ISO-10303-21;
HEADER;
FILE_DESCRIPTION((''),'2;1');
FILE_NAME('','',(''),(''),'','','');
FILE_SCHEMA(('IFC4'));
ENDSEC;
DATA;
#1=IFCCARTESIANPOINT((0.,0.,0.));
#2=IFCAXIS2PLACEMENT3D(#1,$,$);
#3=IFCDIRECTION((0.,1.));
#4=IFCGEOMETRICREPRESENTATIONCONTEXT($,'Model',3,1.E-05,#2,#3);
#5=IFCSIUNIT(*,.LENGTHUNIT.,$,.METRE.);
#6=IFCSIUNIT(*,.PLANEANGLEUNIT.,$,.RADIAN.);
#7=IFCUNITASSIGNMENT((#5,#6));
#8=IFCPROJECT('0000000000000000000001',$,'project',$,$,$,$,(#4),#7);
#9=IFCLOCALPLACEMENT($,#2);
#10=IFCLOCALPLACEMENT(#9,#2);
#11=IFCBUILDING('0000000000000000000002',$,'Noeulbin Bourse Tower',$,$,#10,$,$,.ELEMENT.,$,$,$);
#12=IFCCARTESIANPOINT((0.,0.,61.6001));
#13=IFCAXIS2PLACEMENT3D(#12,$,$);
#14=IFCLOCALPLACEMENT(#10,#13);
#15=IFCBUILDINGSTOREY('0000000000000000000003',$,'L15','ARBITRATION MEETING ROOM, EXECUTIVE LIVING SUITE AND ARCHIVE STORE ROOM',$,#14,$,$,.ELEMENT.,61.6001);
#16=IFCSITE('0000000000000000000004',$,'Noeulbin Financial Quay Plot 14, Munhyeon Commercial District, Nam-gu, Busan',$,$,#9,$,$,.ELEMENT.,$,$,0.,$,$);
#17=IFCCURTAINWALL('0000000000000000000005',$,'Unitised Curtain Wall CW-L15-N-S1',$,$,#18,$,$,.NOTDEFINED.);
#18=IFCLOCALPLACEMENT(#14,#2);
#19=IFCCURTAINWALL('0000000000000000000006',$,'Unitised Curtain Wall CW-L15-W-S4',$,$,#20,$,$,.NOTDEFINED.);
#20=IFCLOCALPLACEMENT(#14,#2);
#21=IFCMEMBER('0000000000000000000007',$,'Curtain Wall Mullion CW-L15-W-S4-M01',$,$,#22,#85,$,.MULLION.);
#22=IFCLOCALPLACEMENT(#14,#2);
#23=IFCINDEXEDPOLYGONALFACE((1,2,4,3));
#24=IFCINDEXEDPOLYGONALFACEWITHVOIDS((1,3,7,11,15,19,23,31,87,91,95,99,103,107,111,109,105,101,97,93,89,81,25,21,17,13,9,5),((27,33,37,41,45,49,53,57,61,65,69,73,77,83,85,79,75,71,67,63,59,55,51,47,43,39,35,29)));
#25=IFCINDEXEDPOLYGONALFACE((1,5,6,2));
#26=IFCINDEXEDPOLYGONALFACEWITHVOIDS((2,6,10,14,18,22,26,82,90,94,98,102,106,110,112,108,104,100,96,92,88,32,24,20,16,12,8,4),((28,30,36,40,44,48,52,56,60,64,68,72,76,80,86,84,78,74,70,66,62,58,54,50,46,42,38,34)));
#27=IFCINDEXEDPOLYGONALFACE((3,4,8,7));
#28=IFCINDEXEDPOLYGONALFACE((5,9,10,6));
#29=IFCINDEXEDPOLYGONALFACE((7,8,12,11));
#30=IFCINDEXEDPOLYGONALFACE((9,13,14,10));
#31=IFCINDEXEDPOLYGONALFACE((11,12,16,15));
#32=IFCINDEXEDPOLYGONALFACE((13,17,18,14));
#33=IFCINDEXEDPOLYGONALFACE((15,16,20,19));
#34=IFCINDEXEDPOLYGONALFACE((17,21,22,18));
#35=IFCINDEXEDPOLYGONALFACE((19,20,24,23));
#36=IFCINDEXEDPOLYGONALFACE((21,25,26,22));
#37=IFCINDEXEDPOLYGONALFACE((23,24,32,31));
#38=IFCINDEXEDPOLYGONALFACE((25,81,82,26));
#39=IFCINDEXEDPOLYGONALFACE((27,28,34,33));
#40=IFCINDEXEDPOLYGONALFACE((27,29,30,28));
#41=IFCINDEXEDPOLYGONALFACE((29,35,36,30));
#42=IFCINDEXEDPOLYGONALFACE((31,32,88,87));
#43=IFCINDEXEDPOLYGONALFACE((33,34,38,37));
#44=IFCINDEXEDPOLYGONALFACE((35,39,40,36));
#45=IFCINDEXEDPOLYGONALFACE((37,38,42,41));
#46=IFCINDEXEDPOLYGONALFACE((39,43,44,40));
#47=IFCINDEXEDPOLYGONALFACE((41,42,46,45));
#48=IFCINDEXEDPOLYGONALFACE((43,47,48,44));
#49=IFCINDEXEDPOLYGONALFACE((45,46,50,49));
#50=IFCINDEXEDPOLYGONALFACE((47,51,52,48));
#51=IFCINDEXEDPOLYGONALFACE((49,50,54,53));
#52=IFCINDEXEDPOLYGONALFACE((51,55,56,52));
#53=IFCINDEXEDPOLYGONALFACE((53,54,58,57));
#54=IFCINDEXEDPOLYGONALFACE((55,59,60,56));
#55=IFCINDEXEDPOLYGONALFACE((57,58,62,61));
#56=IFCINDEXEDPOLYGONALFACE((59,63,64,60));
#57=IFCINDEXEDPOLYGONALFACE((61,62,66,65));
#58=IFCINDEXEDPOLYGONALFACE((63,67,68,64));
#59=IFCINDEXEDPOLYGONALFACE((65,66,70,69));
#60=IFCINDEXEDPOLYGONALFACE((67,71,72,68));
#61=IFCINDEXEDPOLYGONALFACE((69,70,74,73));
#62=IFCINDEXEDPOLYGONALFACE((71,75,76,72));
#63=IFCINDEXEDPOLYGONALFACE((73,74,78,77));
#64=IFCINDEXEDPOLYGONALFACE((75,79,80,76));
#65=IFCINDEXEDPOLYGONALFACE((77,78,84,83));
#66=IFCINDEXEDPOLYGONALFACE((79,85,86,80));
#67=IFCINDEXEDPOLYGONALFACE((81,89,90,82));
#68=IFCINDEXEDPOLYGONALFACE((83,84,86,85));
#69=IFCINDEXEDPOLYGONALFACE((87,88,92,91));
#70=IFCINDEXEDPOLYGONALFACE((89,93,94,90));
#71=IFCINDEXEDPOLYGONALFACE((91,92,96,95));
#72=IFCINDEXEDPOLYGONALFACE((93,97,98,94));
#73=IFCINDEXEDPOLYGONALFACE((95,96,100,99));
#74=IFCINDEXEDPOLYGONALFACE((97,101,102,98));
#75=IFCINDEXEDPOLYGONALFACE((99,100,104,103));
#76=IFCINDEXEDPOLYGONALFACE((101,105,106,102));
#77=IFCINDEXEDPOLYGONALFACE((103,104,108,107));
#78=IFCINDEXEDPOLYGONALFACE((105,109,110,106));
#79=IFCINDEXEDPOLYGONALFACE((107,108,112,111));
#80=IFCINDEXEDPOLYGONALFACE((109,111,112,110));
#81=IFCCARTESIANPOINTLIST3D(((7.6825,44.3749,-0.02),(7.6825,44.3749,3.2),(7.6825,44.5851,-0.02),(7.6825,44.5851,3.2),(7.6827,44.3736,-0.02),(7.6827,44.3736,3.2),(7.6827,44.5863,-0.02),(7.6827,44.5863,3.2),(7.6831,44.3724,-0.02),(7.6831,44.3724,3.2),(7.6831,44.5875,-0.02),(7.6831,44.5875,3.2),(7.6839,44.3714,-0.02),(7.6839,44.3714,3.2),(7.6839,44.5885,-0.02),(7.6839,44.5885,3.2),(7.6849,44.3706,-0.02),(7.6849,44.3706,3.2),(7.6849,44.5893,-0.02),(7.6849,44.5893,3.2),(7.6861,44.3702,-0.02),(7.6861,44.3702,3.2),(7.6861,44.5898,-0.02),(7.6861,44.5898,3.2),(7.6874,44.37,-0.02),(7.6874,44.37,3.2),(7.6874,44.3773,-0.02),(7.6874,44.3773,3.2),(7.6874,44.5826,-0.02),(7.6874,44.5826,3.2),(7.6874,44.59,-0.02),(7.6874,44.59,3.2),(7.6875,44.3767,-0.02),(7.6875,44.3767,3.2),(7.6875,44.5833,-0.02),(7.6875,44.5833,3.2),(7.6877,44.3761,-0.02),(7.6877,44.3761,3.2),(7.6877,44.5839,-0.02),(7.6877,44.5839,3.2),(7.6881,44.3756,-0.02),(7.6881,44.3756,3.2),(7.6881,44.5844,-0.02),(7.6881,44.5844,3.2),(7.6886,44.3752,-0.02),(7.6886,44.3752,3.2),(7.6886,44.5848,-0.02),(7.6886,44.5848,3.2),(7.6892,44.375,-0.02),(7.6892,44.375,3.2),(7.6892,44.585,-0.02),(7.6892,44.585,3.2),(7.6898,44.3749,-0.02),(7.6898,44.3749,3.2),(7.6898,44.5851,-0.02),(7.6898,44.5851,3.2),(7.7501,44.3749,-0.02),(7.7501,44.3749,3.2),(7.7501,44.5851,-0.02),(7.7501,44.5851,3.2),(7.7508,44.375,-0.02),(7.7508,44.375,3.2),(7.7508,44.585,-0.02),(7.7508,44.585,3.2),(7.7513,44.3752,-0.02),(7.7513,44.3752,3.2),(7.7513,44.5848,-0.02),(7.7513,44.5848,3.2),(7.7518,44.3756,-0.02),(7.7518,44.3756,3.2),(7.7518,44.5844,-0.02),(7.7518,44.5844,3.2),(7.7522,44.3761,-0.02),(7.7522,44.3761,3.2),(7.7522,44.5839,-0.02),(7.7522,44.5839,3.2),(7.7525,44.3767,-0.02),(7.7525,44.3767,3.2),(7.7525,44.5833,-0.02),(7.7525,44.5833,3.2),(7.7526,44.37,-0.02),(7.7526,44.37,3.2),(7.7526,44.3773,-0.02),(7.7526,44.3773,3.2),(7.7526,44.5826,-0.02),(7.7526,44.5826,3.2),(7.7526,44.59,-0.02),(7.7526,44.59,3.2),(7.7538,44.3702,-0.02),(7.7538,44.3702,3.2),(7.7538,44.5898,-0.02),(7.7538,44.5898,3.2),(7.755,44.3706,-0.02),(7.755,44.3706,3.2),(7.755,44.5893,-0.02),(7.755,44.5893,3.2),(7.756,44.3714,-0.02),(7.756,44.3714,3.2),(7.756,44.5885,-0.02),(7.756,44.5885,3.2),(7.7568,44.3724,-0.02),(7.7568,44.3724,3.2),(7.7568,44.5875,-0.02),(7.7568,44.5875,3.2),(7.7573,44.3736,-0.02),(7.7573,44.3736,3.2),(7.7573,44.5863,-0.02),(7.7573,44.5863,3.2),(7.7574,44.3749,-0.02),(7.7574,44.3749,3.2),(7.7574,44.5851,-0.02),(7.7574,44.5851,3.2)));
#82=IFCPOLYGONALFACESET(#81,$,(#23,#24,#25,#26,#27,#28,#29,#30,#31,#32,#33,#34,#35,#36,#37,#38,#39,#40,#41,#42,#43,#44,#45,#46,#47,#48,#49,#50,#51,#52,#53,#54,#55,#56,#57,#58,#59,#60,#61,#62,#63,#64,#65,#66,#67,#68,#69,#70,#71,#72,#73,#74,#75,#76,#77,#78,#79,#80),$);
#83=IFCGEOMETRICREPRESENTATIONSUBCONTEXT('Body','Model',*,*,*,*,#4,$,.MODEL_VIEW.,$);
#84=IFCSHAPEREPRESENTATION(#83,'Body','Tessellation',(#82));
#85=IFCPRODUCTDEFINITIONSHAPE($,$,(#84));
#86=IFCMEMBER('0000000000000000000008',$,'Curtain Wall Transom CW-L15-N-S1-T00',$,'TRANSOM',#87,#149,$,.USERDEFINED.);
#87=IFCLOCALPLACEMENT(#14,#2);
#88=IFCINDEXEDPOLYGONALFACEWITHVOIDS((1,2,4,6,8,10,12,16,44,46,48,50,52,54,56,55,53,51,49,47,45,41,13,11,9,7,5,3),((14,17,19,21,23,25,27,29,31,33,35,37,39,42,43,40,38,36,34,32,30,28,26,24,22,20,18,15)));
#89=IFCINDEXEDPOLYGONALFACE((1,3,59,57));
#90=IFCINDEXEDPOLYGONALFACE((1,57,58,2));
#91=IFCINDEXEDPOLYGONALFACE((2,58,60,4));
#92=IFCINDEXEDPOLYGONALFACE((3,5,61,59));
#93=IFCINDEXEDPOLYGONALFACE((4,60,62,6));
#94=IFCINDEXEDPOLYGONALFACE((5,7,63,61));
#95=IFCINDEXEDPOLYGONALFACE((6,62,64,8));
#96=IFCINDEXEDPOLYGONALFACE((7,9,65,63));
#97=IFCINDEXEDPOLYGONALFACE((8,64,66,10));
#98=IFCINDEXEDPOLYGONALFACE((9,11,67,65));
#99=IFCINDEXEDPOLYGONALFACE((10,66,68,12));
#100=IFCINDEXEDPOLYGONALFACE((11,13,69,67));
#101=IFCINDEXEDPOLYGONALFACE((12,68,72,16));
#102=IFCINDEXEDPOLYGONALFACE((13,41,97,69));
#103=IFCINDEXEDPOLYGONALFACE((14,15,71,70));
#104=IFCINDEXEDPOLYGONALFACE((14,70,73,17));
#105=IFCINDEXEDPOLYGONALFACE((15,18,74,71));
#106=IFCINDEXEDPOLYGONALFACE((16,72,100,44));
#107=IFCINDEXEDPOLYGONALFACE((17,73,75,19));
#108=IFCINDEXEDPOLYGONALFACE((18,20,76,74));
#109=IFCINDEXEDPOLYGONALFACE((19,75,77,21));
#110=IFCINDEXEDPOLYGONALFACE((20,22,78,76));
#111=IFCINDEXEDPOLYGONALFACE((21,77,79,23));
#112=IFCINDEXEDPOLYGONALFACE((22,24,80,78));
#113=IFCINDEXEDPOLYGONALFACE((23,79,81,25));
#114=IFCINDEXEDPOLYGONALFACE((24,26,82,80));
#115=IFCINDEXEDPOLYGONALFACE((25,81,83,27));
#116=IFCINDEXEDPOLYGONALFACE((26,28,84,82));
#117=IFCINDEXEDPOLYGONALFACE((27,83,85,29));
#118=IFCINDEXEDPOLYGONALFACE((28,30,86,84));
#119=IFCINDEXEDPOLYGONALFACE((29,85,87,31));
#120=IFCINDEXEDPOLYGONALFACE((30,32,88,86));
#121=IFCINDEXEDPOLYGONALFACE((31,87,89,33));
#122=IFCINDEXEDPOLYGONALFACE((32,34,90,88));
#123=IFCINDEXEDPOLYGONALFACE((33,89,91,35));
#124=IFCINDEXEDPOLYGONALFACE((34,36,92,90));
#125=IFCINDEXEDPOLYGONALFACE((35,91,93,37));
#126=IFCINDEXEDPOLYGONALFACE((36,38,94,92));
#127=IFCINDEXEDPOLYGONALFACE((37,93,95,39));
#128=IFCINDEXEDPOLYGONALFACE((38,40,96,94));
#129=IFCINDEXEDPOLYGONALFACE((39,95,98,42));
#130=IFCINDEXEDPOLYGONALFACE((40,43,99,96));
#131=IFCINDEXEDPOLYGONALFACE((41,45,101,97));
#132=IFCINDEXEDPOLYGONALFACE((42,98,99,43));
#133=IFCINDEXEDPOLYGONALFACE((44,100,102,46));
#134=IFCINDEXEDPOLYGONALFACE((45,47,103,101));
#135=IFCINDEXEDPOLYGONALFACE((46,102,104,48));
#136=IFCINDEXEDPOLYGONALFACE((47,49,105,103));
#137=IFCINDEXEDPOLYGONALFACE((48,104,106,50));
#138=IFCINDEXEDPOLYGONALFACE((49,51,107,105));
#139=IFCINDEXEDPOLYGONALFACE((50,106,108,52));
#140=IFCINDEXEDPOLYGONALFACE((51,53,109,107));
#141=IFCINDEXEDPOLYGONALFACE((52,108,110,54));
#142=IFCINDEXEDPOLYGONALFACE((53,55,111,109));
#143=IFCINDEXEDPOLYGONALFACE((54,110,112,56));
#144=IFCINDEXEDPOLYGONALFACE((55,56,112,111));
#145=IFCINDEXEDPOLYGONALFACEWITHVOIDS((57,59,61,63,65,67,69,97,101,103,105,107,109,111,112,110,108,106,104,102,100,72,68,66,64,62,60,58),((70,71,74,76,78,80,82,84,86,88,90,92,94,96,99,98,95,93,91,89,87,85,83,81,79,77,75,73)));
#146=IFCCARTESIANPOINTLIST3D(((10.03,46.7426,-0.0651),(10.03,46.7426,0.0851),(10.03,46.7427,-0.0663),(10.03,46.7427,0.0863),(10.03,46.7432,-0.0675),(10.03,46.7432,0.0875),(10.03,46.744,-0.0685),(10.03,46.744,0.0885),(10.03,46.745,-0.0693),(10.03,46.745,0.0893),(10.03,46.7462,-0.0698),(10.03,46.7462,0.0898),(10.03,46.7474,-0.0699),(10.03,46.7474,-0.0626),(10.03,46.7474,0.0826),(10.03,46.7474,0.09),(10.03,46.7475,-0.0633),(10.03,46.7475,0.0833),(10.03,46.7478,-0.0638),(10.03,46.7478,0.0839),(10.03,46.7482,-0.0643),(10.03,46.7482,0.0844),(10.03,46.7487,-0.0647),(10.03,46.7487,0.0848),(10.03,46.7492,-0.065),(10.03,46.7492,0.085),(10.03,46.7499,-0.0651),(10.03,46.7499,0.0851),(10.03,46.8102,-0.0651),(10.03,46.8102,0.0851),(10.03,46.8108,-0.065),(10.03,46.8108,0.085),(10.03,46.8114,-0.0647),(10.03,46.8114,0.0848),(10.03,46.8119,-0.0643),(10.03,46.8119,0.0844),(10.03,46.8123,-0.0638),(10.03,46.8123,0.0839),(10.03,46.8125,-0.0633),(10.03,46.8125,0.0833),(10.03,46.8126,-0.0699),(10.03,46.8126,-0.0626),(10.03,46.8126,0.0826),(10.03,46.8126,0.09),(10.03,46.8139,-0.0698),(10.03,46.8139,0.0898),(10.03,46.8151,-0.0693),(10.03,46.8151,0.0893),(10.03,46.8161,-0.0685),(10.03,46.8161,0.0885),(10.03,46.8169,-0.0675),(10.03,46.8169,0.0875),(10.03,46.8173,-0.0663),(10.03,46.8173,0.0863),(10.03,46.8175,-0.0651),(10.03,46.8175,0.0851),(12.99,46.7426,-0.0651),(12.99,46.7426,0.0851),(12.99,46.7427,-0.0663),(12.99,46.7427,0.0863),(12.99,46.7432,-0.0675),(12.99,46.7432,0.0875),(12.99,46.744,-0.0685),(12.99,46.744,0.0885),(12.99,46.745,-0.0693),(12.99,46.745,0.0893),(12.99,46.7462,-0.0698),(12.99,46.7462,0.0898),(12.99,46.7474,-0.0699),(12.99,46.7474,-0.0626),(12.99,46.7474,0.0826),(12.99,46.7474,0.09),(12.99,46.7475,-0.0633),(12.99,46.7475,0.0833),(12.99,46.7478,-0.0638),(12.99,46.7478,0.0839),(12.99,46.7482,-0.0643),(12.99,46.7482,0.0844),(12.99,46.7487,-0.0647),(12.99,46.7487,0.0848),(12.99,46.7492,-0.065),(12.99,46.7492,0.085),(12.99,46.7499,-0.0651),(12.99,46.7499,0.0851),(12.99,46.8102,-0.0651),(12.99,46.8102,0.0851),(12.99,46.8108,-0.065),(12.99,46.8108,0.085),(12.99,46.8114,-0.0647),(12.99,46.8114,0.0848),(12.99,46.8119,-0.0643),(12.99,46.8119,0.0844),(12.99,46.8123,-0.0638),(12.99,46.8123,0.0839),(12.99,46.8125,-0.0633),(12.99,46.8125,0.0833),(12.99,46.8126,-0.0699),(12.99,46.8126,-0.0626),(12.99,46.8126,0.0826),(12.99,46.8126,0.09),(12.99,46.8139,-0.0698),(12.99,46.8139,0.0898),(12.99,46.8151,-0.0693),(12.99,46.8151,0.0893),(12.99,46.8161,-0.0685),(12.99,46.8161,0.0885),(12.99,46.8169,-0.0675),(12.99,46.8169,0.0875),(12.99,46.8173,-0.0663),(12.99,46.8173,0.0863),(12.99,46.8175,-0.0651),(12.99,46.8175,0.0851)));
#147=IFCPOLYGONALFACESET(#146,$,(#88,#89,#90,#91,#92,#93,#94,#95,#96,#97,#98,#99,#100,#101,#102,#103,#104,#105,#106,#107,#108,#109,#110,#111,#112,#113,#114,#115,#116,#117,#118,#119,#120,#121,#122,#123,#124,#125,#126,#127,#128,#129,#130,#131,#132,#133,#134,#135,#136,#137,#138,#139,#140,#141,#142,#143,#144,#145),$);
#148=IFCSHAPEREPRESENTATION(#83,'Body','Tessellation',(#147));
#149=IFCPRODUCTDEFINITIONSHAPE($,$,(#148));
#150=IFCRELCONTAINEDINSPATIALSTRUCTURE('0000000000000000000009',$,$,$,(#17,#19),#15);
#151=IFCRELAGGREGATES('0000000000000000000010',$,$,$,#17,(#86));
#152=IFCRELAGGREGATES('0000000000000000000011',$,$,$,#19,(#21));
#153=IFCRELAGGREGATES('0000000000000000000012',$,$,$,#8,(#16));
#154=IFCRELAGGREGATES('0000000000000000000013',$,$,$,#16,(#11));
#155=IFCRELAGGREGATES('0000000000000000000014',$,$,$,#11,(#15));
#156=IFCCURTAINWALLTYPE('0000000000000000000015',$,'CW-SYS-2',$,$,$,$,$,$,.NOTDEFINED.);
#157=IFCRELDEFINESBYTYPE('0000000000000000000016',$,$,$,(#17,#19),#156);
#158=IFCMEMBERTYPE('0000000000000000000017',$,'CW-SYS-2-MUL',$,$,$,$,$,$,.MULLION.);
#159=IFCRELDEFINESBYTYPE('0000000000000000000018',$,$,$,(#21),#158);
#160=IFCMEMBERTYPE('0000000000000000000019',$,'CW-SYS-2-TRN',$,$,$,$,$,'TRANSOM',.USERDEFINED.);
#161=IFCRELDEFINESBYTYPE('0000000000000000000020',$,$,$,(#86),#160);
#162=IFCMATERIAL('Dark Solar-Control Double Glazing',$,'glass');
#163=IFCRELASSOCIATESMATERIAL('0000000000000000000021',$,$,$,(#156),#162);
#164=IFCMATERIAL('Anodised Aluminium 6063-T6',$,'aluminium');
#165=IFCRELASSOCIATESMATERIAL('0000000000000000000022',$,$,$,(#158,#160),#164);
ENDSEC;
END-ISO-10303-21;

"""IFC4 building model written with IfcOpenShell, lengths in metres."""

from ifc_helpers import new_model, si_unit, direction, frame, origin, origin_2d, place, context, subcontext, project, spatial, hollow_rectangle, extrude, material, material_profile, profile_set, type_object, element, aggregate, save


model = new_model("IFC4")

# Units and contexts
model_context = context("Model", 3, precision=1e-05, world=origin(), true_north=direction((0.0, 1.0)))
body_context = subcontext(model_context, "Body", "Model", "MODEL_VIEW")
ifc_project = project(units=[si_unit("LENGTHUNIT", "METRE"), si_unit("PLANEANGLEUNIT", "RADIAN")], contexts=[model_context])

# Site, building, storey
site_placement = place(None, origin())
site = spatial("IfcSite", under=ifc_project, at=site_placement, Name="Noeulbin Financial Quay Plot 14, Munhyeon Commercial District, Nam-gu, Busan", CompositionType="ELEMENT", RefElevation=0.0)
building_placement = place(site_placement, origin())
building = spatial("IfcBuilding", under=site, at=building_placement, Name="Noeulbin Bourse Tower", CompositionType="ELEMENT")
storey_placement = place(building_placement, frame((0.0, 0.0, 61.6001)))
storey = spatial("IfcBuildingStorey", under=building, at=storey_placement, Name="L15", Description="ARBITRATION MEETING ROOM, EXECUTIVE LIVING SUITE AND ARCHIVE STORE ROOM", CompositionType="ELEMENT", Elevation=61.6001)

# Curtain wall
ifc_material_1 = material(Name="Dark Solar-Control Double Glazing", Category="glass")
curtain_wall_type = type_object("IfcCurtainWallType", Name="CW-SYS-2", PredefinedType="NOTDEFINED", material=ifc_material_1)
curtain_wall_1_placement = place(storey_placement, origin())
curtain_wall_1 = element("IfcCurtainWall", 1, at=curtain_wall_1_placement, inside=storey, type_object=curtain_wall_type, Name="Unitised Curtain Wall CW-L15-N-S1", PredefinedType="NOTDEFINED")
ifc_material_2 = material(Name="Anodised Aluminium 6063-T6", Category="aluminium")
ifc_material_profile_1 = material_profile(ifc_material_2, hollow_rectangle(XDim=0.075, YDim=0.22, WallThickness=0.0049, InnerFilletRadius=0.0024, OuterFilletRadius=0.0049, at=origin_2d()), Name="ALU-MULL-75x220x5", Category="LoadBearing")
ifc_profile_set_1 = profile_set([ifc_material_profile_1], Name="Anodised Aluminium 6063-T6")
member_type_1 = type_object("IfcMemberType", Name="CW-SYS-2-MUL", PredefinedType="MULLION", material=ifc_profile_set_1)

# Curtain wall, member
curtain_wall_2_placement = place(storey_placement, origin())
curtain_wall_2 = element("IfcCurtainWall", 2, at=curtain_wall_2_placement, inside=storey, type_object=curtain_wall_type, Name="Unitised Curtain Wall CW-L15-W-S4", PredefinedType="NOTDEFINED")
member_1_placement = place(storey_placement, frame((7.72, 44.48, -0.02), z_axis=(0.0, 0.0, 1.0), x_axis=(1.0, 0.0, 0.0)))
member_1 = element("IfcMember", 3, at=member_1_placement, type_object=member_type_1, Name="Curtain Wall Mullion CW-L15-W-S4-M01", PredefinedType="MULLION", context=body_context, shape_type="SweptSolid", body=[
    extrude(hollow_rectangle(XDim=0.075, YDim=0.22, WallThickness=0.0049, InnerFilletRadius=0.0024, OuterFilletRadius=0.0049, at=origin_2d()), origin(), (0.0, 0.0, 1.0), 3.22),
])

# Member
ifc_material_profile_2 = material_profile(ifc_material_2, hollow_rectangle(XDim=0.075, YDim=0.1599, WallThickness=0.0049, InnerFilletRadius=0.0024, OuterFilletRadius=0.0049, at=origin_2d()), Name="ALU-TRAN-75x160x5", Category="LoadBearing")
ifc_profile_set_2 = profile_set([ifc_material_profile_2], Name="Anodised Aluminium 6063-T6")
member_type_2 = type_object("IfcMemberType", Name="CW-SYS-2-TRN", ElementType="TRANSOM", PredefinedType="USERDEFINED", material=ifc_profile_set_2)
member_2_placement = place(storey_placement, frame((10.03, 46.78, 0.01), z_axis=(1.0, 0.0, 0.0), x_axis=(0.0, 1.0, 0.0)))
member_2 = element("IfcMember", 4, at=member_2_placement, type_object=member_type_2, Name="Curtain Wall Transom CW-L15-N-S1-T00", ObjectType="TRANSOM", PredefinedType="USERDEFINED", context=body_context, shape_type="SweptSolid", body=[
    extrude(hollow_rectangle(XDim=0.075, YDim=0.1599, WallThickness=0.0049, InnerFilletRadius=0.0024, OuterFilletRadius=0.0049, at=origin_2d()), origin(), (0.0, 0.0, 1.0), 2.96),
])

aggregate(curtain_wall_1, [member_2])
aggregate(curtain_wall_2, [member_1])

save(model, "model.ifc")
